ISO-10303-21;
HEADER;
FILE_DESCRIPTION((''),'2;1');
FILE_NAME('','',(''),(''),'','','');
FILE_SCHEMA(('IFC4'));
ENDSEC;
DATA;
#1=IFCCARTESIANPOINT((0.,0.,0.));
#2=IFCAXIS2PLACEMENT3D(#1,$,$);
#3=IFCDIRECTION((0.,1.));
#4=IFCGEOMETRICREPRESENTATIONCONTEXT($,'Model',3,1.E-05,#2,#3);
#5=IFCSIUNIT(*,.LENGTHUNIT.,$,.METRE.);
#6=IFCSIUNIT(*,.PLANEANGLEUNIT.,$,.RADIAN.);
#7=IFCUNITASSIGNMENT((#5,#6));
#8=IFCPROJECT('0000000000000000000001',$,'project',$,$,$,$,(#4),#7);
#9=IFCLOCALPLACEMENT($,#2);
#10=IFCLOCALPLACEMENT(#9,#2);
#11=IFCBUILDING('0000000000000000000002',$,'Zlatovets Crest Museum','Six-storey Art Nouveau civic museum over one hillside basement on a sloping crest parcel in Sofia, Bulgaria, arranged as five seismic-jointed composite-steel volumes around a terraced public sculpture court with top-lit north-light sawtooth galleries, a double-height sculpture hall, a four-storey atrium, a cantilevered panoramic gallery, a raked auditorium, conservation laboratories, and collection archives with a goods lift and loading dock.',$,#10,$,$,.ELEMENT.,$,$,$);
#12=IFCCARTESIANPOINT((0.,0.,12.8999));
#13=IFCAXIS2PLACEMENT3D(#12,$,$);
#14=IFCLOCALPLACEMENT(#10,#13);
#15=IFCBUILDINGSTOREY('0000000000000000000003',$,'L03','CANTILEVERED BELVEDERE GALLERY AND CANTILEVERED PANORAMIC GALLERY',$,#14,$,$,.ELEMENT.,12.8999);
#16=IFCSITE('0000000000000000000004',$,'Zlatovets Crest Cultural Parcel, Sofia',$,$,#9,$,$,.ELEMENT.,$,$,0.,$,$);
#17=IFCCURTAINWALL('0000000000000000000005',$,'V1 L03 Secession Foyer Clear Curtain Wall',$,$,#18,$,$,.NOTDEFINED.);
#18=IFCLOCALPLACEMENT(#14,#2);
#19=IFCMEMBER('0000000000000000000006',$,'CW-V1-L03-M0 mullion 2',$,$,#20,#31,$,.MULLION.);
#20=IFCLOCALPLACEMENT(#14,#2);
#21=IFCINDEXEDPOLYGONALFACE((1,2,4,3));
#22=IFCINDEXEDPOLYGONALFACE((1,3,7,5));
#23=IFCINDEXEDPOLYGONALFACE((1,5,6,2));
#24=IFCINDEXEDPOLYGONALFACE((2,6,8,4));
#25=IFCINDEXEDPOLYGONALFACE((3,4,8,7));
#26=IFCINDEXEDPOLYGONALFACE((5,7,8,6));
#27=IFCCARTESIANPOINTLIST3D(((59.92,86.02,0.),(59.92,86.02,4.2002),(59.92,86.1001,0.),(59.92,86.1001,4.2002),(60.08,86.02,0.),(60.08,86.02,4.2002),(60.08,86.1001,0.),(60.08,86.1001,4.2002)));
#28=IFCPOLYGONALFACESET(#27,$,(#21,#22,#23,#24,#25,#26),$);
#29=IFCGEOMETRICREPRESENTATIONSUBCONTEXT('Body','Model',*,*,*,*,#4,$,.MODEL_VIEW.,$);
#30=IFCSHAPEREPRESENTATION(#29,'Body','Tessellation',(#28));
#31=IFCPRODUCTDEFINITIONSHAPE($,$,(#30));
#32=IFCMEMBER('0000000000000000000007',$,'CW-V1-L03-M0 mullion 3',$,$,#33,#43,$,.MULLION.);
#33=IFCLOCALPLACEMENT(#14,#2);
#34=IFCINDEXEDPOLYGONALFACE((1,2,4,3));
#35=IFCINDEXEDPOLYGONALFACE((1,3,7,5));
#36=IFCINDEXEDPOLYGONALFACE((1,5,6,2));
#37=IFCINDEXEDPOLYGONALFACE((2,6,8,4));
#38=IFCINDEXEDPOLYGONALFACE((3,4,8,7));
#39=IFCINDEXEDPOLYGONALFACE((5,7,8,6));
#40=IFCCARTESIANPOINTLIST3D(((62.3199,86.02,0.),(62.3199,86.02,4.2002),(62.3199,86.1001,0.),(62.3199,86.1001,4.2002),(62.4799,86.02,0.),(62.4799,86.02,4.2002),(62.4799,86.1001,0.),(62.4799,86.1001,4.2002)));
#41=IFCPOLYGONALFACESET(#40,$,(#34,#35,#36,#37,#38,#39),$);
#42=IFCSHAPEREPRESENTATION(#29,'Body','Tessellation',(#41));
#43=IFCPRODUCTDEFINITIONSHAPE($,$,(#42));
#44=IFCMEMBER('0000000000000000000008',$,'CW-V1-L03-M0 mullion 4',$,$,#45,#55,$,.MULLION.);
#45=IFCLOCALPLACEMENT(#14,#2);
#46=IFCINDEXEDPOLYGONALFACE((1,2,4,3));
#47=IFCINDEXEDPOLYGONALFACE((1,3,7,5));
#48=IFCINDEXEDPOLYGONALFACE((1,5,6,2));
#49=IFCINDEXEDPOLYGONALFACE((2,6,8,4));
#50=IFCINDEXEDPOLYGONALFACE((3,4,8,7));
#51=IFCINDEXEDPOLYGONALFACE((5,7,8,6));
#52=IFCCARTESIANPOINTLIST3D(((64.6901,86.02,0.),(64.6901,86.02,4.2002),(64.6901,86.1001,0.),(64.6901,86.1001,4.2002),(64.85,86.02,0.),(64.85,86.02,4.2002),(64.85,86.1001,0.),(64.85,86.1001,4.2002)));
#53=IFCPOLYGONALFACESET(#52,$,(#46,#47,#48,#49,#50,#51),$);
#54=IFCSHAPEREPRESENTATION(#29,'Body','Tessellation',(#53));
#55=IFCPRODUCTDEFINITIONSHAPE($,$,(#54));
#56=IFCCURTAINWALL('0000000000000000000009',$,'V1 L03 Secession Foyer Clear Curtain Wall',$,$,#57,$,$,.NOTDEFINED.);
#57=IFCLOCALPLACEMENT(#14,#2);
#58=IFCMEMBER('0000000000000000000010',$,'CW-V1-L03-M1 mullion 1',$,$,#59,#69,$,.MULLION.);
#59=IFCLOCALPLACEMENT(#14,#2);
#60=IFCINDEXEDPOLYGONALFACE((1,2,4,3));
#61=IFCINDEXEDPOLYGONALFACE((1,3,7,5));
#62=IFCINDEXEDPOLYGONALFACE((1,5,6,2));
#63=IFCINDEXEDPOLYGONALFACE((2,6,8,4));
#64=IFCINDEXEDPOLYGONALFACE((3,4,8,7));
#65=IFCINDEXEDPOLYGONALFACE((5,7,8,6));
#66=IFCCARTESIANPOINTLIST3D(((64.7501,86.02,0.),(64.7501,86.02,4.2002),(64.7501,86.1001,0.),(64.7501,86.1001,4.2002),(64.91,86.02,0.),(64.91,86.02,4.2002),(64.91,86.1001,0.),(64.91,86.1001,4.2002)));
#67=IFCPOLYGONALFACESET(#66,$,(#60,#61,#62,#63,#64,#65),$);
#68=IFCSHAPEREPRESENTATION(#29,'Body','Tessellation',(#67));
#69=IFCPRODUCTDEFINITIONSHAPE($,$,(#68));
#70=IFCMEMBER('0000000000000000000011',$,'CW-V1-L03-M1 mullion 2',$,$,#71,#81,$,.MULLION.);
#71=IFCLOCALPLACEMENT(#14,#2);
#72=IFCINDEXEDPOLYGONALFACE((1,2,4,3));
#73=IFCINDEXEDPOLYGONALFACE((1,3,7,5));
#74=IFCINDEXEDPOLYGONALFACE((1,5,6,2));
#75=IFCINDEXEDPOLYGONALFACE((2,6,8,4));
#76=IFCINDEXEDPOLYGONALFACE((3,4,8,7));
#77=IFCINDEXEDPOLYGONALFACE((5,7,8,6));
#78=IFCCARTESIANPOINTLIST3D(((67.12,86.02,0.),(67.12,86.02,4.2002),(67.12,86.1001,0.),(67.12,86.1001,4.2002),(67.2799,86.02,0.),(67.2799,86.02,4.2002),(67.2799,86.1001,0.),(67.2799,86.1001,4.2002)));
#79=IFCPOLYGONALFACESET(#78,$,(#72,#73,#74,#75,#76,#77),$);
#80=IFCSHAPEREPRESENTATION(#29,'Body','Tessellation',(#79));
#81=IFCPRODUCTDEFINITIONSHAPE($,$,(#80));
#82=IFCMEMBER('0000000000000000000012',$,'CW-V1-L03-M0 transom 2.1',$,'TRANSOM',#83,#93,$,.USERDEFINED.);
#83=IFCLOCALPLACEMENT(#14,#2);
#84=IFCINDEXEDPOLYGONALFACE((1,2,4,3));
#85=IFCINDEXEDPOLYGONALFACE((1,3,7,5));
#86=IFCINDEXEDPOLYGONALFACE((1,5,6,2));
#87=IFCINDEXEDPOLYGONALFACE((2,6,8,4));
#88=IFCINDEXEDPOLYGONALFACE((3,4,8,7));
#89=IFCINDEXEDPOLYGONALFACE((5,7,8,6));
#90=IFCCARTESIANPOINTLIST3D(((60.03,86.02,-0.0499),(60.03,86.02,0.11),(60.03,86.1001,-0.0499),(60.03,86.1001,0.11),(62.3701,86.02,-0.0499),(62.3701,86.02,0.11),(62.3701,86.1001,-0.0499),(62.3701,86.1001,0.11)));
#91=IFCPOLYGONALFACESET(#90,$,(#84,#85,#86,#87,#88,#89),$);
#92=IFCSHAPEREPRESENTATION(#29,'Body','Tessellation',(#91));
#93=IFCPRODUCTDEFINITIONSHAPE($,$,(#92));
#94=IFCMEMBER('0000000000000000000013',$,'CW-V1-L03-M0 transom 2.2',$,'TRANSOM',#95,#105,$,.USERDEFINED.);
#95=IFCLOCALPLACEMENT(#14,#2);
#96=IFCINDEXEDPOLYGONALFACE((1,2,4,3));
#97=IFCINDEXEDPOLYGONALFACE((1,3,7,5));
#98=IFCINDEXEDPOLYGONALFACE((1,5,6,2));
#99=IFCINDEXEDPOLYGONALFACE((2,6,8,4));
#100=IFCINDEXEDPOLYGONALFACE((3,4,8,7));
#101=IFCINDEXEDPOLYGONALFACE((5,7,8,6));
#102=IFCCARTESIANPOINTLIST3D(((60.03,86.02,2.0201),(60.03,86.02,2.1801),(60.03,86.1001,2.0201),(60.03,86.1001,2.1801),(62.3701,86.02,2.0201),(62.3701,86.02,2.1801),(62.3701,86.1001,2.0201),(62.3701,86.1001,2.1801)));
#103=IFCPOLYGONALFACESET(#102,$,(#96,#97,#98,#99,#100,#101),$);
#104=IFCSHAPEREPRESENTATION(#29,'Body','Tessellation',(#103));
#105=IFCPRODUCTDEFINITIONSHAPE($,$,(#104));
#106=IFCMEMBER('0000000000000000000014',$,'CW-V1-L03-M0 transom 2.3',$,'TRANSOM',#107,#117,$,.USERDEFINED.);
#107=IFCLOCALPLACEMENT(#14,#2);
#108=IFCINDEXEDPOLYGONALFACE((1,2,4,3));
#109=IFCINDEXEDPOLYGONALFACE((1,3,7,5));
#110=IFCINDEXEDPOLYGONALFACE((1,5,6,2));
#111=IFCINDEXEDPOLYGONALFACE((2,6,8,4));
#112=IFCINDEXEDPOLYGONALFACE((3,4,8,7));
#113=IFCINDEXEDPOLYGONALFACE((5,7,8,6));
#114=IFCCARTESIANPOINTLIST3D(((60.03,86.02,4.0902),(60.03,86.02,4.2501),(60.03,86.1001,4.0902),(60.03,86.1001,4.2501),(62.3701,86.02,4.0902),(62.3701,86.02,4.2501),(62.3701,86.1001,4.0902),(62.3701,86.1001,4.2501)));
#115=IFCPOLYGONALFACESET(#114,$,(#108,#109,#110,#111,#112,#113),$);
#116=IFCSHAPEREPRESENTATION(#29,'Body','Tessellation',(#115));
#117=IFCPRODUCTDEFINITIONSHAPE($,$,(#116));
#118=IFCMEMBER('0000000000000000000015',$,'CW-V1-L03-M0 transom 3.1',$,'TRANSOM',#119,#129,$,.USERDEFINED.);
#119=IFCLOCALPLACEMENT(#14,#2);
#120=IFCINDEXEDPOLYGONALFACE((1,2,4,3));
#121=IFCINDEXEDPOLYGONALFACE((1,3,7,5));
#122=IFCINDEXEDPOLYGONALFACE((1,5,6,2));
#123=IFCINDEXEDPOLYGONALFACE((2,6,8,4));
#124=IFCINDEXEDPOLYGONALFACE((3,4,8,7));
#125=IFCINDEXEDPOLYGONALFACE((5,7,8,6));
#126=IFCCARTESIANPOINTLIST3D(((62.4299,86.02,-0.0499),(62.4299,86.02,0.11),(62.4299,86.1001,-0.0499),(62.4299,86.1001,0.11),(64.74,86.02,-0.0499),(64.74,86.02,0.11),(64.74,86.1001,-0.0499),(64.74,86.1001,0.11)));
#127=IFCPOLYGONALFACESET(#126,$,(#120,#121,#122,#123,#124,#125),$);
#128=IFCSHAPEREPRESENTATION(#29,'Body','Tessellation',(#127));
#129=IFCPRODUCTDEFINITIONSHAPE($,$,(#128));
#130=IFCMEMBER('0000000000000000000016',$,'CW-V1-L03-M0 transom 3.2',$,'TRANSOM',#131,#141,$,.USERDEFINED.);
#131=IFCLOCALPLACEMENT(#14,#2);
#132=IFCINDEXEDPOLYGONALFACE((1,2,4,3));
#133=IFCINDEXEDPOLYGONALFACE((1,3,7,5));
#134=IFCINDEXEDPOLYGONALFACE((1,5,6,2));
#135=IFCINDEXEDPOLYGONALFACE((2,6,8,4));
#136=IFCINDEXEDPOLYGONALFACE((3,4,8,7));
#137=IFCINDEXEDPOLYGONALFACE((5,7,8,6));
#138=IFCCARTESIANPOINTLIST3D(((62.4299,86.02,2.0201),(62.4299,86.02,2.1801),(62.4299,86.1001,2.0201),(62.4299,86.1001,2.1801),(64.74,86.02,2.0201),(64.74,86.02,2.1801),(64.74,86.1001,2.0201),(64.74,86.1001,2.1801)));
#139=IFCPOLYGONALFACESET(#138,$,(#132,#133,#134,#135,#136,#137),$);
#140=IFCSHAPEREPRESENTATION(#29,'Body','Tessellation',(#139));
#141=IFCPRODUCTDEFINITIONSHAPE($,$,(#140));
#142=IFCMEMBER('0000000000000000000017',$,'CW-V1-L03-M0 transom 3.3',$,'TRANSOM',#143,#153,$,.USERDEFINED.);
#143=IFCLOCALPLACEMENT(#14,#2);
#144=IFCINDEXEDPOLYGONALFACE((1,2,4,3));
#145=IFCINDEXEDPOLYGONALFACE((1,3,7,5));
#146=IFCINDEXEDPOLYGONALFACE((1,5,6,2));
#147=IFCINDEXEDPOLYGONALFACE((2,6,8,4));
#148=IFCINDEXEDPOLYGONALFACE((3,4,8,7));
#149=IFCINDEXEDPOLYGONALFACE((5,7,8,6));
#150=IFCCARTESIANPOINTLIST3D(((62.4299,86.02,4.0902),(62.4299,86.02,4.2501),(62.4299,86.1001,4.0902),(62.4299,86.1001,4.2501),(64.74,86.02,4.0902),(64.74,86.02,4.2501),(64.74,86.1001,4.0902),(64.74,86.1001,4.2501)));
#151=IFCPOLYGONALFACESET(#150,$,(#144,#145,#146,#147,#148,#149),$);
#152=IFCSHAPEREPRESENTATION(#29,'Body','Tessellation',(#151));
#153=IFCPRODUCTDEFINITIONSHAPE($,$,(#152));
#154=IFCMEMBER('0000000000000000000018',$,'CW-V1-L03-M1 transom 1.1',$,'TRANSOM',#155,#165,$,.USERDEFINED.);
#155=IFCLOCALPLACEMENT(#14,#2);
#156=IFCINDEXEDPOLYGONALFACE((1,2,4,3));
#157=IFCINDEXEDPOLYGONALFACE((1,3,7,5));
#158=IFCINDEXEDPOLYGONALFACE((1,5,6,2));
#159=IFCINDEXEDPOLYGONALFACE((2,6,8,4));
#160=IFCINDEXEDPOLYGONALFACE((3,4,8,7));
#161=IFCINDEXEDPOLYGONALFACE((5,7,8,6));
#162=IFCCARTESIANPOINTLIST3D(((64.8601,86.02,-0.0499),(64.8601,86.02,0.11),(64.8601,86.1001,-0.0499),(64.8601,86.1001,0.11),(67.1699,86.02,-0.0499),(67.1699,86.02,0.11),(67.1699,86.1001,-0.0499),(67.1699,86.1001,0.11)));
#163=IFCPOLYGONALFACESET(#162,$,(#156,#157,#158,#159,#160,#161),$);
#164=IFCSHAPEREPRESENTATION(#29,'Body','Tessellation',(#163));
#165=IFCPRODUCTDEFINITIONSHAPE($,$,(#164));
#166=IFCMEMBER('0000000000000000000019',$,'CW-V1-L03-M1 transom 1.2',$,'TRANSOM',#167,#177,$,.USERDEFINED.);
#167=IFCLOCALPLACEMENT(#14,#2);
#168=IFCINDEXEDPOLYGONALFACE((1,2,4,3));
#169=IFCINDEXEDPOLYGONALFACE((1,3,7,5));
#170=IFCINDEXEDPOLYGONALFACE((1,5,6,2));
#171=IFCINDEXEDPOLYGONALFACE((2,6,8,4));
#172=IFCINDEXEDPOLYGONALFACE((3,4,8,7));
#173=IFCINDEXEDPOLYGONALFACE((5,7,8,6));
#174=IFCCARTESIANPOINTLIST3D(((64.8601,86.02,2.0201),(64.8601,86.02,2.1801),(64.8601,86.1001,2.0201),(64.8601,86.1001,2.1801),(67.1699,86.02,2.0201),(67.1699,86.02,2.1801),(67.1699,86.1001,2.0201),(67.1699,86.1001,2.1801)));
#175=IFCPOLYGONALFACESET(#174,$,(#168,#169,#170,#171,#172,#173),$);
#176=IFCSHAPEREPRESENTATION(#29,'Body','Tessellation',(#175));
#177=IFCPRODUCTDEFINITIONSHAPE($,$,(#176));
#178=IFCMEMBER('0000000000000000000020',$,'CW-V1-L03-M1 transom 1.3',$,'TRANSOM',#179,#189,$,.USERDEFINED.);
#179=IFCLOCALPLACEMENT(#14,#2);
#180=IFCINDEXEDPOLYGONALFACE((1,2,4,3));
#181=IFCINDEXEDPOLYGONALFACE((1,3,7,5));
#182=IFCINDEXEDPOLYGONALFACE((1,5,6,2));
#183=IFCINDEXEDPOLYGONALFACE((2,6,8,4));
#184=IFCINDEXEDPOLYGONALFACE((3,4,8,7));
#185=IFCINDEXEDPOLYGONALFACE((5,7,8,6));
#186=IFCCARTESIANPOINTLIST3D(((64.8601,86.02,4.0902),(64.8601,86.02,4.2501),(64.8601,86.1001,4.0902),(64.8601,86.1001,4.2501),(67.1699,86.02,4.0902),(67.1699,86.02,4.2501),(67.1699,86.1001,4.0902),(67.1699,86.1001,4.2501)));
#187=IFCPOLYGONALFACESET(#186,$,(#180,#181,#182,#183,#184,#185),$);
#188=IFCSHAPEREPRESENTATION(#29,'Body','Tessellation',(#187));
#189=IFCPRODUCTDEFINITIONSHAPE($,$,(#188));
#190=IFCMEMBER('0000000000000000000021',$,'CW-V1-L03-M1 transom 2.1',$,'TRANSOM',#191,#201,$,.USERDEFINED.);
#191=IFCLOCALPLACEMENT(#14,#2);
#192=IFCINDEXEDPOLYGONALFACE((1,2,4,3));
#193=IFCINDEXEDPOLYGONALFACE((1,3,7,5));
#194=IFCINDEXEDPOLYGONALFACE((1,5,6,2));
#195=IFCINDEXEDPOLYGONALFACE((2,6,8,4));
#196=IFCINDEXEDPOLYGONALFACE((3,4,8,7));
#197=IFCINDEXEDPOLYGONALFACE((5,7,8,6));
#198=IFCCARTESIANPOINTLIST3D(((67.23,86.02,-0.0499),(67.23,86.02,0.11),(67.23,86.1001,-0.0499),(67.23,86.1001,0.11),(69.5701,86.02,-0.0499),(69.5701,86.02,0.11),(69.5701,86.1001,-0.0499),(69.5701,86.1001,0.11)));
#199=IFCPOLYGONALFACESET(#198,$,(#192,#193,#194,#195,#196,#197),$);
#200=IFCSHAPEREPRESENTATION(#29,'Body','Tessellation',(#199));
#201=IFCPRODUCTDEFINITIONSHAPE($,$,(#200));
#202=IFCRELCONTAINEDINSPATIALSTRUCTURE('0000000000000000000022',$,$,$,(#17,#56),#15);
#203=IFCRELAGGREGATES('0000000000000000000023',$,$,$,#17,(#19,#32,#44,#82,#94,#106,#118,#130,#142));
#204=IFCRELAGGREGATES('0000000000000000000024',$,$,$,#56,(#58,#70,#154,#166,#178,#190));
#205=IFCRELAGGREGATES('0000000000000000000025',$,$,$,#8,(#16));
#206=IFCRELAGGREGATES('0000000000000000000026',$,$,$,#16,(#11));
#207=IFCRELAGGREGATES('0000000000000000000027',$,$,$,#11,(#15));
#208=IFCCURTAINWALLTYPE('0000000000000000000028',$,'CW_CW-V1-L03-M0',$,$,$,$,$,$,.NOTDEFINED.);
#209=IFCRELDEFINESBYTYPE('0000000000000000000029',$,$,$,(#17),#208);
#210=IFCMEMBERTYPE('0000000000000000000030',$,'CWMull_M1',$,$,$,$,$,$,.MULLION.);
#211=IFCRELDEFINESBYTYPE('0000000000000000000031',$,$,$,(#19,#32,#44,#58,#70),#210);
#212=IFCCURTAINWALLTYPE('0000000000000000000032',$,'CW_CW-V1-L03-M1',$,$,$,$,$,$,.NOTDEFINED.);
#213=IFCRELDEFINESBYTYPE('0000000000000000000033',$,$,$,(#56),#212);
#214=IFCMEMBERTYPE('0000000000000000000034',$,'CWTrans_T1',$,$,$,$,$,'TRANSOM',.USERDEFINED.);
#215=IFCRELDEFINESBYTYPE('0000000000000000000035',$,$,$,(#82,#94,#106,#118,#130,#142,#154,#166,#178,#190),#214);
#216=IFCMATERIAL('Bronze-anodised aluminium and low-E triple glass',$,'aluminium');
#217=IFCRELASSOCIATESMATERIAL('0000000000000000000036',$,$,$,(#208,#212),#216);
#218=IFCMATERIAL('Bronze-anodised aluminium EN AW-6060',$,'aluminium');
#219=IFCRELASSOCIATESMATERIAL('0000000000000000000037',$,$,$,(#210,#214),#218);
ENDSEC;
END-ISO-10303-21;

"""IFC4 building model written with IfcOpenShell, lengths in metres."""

from ifc_helpers import new_model, si_unit, direction, frame, origin, origin_2d, place, context, subcontext, project, spatial, rectangle, extrude, material, material_profile, profile_set, type_object, element, aggregate, save


model = new_model("IFC4")

# Units and contexts
model_context = context("Model", 3, precision=1e-05, world=origin(), true_north=direction((0.0, 1.0)))
body_context = subcontext(model_context, "Body", "Model", "MODEL_VIEW")
ifc_project = project(units=[si_unit("LENGTHUNIT", "METRE"), si_unit("PLANEANGLEUNIT", "RADIAN")], contexts=[model_context])

# Site, building, storey
site_placement = place(None, origin())
site = spatial("IfcSite", under=ifc_project, at=site_placement, Name="Zlatovets Crest Cultural Parcel, Sofia", CompositionType="ELEMENT", RefElevation=0.0)
building_placement = place(site_placement, origin())
building = spatial("IfcBuilding", under=site, at=building_placement, Name="Zlatovets Crest Museum", Description="Six-storey Art Nouveau civic museum over one hillside basement on a sloping crest parcel in Sofia, Bulgaria, arranged as five seismic-jointed composite-steel volumes around a terraced public sculpture court with top-lit north-light sawtooth galleries, a double-height sculpture hall, a four-storey atrium, a cantilevered panoramic gallery, a raked auditorium, conservation laboratories, and collection archives with a goods lift and loading dock.", CompositionType="ELEMENT")
storey_placement = place(building_placement, frame((0.0, 0.0, 12.8999)))
storey = spatial("IfcBuildingStorey", under=building, at=storey_placement, Name="L03", Description="CANTILEVERED BELVEDERE GALLERY AND CANTILEVERED PANORAMIC GALLERY", CompositionType="ELEMENT", Elevation=12.8999)

# Curtain walls, members
ifc_material_1 = material(Name="Bronze-anodised aluminium and low-E triple glass", Category="aluminium")
curtain_wall_type_1 = type_object("IfcCurtainWallType", Name="CW_CW-V1-L03-M0", PredefinedType="NOTDEFINED", material=ifc_material_1)
curtain_wall_1_placement = place(storey_placement, origin())
curtain_wall_1 = element("IfcCurtainWall", 1, at=curtain_wall_1_placement, inside=storey, type_object=curtain_wall_type_1, Name="V1 L03 Secession Foyer Clear Curtain Wall", PredefinedType="NOTDEFINED")
ifc_material_2 = material(Name="Bronze-anodised aluminium EN AW-6060", Category="aluminium")
ifc_material_profile_1 = material_profile(ifc_material_2, rectangle(XDim=0.0801, YDim=0.1599, at=origin_2d()), Name="ALU 80x160")
ifc_profile_set_1 = profile_set([ifc_material_profile_1], Name="Bronze-anodised aluminium EN AW-6060")
member_type_1 = type_object("IfcMemberType", Name="CWMull_M1", PredefinedType="MULLION", material=ifc_profile_set_1)
member_1_placement = place(storey_placement, frame((60.0, 86.0601, 0.0), z_axis=(0.0, 0.0, 1.0), x_axis=(0.0, 1.0, 0.0)))
member_1 = element("IfcMember", 2, at=member_1_placement, type_object=member_type_1, Name="CW-V1-L03-M0 mullion 2", PredefinedType="MULLION", context=body_context, shape_type="SweptSolid", body=[
    extrude(rectangle(XDim=0.0801, YDim=0.1599, at=origin_2d()), origin(), (0.0, 0.0, 1.0), 4.2002),
])
member_2_placement = place(storey_placement, frame((62.3999, 86.0601, 0.0), z_axis=(0.0, 0.0, 1.0), x_axis=(0.0, 1.0, 0.0)))
member_2 = element("IfcMember", 3, at=member_2_placement, type_object=member_type_1, Name="CW-V1-L03-M0 mullion 3", PredefinedType="MULLION", context=body_context, shape_type="SweptSolid", body=[
    extrude(rectangle(XDim=0.0801, YDim=0.1599, at=origin_2d()), origin(), (0.0, 0.0, 1.0), 4.2002),
])
member_3_placement = place(storey_placement, frame((64.77, 86.0601, 0.0), z_axis=(0.0, 0.0, 1.0), x_axis=(0.0, 1.0, 0.0)))
member_3 = element("IfcMember", 4, at=member_3_placement, type_object=member_type_1, Name="CW-V1-L03-M0 mullion 4", PredefinedType="MULLION", context=body_context, shape_type="SweptSolid", body=[
    extrude(rectangle(XDim=0.0801, YDim=0.1599, at=origin_2d()), origin(), (0.0, 0.0, 1.0), 4.2002),
])
curtain_wall_type_2 = type_object("IfcCurtainWallType", Name="CW_CW-V1-L03-M1", PredefinedType="NOTDEFINED", material=ifc_material_1)
curtain_wall_2_placement = place(storey_placement, origin())
curtain_wall_2 = element("IfcCurtainWall", 5, at=curtain_wall_2_placement, inside=storey, type_object=curtain_wall_type_2, Name="V1 L03 Secession Foyer Clear Curtain Wall", PredefinedType="NOTDEFINED")
member_4_placement = place(storey_placement, frame((64.8301, 86.0601, 0.0), z_axis=(0.0, 0.0, 1.0), x_axis=(0.0, 1.0, 0.0)))
member_4 = element("IfcMember", 6, at=member_4_placement, type_object=member_type_1, Name="CW-V1-L03-M1 mullion 1", PredefinedType="MULLION", context=body_context, shape_type="SweptSolid", body=[
    extrude(rectangle(XDim=0.0801, YDim=0.1599, at=origin_2d()), origin(), (0.0, 0.0, 1.0), 4.2002),
])
member_5_placement = place(storey_placement, frame((67.2, 86.0601, 0.0), z_axis=(0.0, 0.0, 1.0), x_axis=(0.0, 1.0, 0.0)))
member_5 = element("IfcMember", 7, at=member_5_placement, type_object=member_type_1, Name="CW-V1-L03-M1 mullion 2", PredefinedType="MULLION", context=body_context, shape_type="SweptSolid", body=[
    extrude(rectangle(XDim=0.0801, YDim=0.1599, at=origin_2d()), origin(), (0.0, 0.0, 1.0), 4.2002),
])

# Members
ifc_material_profile_2 = material_profile(ifc_material_2, rectangle(XDim=0.0801, YDim=0.1599, at=origin_2d()), Name="ALU 80x160")
ifc_profile_set_2 = profile_set([ifc_material_profile_2], Name="Bronze-anodised aluminium EN AW-6060")
member_type_2 = type_object("IfcMemberType", Name="CWTrans_T1", ElementType="TRANSOM", PredefinedType="USERDEFINED", material=ifc_profile_set_2)
member_6_placement = place(storey_placement, frame((60.03, 86.0601, 0.03), z_axis=(1.0, 0.0, 0.0), x_axis=(0.0, 1.0, 0.0)))
member_6 = element("IfcMember", 8, at=member_6_placement, type_object=member_type_2, Name="CW-V1-L03-M0 transom 2.1", ObjectType="TRANSOM", PredefinedType="USERDEFINED", context=body_context, shape_type="SweptSolid", body=[
    extrude(rectangle(XDim=0.0801, YDim=0.1599, at=origin_2d()), origin(), (0.0, 0.0, 1.0), 2.3401),
])
member_7_placement = place(storey_placement, frame((60.03, 86.0601, 2.1001), z_axis=(1.0, 0.0, 0.0), x_axis=(0.0, 1.0, 0.0)))
member_7 = element("IfcMember", 9, at=member_7_placement, type_object=member_type_2, Name="CW-V1-L03-M0 transom 2.2", ObjectType="TRANSOM", PredefinedType="USERDEFINED", context=body_context, shape_type="SweptSolid", body=[
    extrude(rectangle(XDim=0.0801, YDim=0.1599, at=origin_2d()), origin(), (0.0, 0.0, 1.0), 2.3401),
])
member_8_placement = place(storey_placement, frame((60.03, 86.0601, 4.1702), z_axis=(1.0, 0.0, 0.0), x_axis=(0.0, 1.0, 0.0)))
member_8 = element("IfcMember", 10, at=member_8_placement, type_object=member_type_2, Name="CW-V1-L03-M0 transom 2.3", ObjectType="TRANSOM", PredefinedType="USERDEFINED", context=body_context, shape_type="SweptSolid", body=[
    extrude(rectangle(XDim=0.0801, YDim=0.1599, at=origin_2d()), origin(), (0.0, 0.0, 1.0), 2.3401),
])
member_9_placement = place(storey_placement, frame((62.4299, 86.0601, 0.03), z_axis=(1.0, 0.0, 0.0), x_axis=(0.0, 1.0, 0.0)))
member_9 = element("IfcMember", 11, at=member_9_placement, type_object=member_type_2, Name="CW-V1-L03-M0 transom 3.1", ObjectType="TRANSOM", PredefinedType="USERDEFINED", context=body_context, shape_type="SweptSolid", body=[
    extrude(rectangle(XDim=0.0801, YDim=0.1599, at=origin_2d()), origin(), (0.0, 0.0, 1.0), 2.3101),
])
member_10_placement = place(storey_placement, frame((62.4299, 86.0601, 2.1001), z_axis=(1.0, 0.0, 0.0), x_axis=(0.0, 1.0, 0.0)))
member_10 = element("IfcMember", 12, at=member_10_placement, type_object=member_type_2, Name="CW-V1-L03-M0 transom 3.2", ObjectType="TRANSOM", PredefinedType="USERDEFINED", context=body_context, shape_type="SweptSolid", body=[
    extrude(rectangle(XDim=0.0801, YDim=0.1599, at=origin_2d()), origin(), (0.0, 0.0, 1.0), 2.3101),
])
member_11_placement = place(storey_placement, frame((62.4299, 86.0601, 4.1702), z_axis=(1.0, 0.0, 0.0), x_axis=(0.0, 1.0, 0.0)))
member_11 = element("IfcMember", 13, at=member_11_placement, type_object=member_type_2, Name="CW-V1-L03-M0 transom 3.3", ObjectType="TRANSOM", PredefinedType="USERDEFINED", context=body_context, shape_type="SweptSolid", body=[
    extrude(rectangle(XDim=0.0801, YDim=0.1599, at=origin_2d()), origin(), (0.0, 0.0, 1.0), 2.3101),
])
member_12_placement = place(storey_placement, frame((64.8601, 86.0601, 0.03), z_axis=(1.0, 0.0, 0.0), x_axis=(0.0, 1.0, 0.0)))
member_12 = element("IfcMember", 14, at=member_12_placement, type_object=member_type_2, Name="CW-V1-L03-M1 transom 1.1", ObjectType="TRANSOM", PredefinedType="USERDEFINED", context=body_context, shape_type="SweptSolid", body=[
    extrude(rectangle(XDim=0.0801, YDim=0.1599, at=origin_2d()), origin(), (0.0, 0.0, 1.0), 2.3098),
])
member_13_placement = place(storey_placement, frame((64.8601, 86.0601, 2.1001), z_axis=(1.0, 0.0, 0.0), x_axis=(0.0, 1.0, 0.0)))
member_13 = element("IfcMember", 15, at=member_13_placement, type_object=member_type_2, Name="CW-V1-L03-M1 transom 1.2", ObjectType="TRANSOM", PredefinedType="USERDEFINED", context=body_context, shape_type="SweptSolid", body=[
    extrude(rectangle(XDim=0.0801, YDim=0.1599, at=origin_2d()), origin(), (0.0, 0.0, 1.0), 2.3098),
])
member_14_placement = place(storey_placement, frame((64.8601, 86.0601, 4.1702), z_axis=(1.0, 0.0, 0.0), x_axis=(0.0, 1.0, 0.0)))
member_14 = element("IfcMember", 16, at=member_14_placement, type_object=member_type_2, Name="CW-V1-L03-M1 transom 1.3", ObjectType="TRANSOM", PredefinedType="USERDEFINED", context=body_context, shape_type="SweptSolid", body=[
    extrude(rectangle(XDim=0.0801, YDim=0.1599, at=origin_2d()), origin(), (0.0, 0.0, 1.0), 2.3098),
])
member_15_placement = place(storey_placement, frame((67.23, 86.0601, 0.03), z_axis=(1.0, 0.0, 0.0), x_axis=(0.0, 1.0, 0.0)))
member_15 = element("IfcMember", 17, at=member_15_placement, type_object=member_type_2, Name="CW-V1-L03-M1 transom 2.1", ObjectType="TRANSOM", PredefinedType="USERDEFINED", context=body_context, shape_type="SweptSolid", body=[
    extrude(rectangle(XDim=0.0801, YDim=0.1599, at=origin_2d()), origin(), (0.0, 0.0, 1.0), 2.3401),
])

aggregate(curtain_wall_1, [member_1, member_2, member_3, member_6, member_7, member_8, member_9, member_10, member_11])
aggregate(curtain_wall_2, [member_4, member_5, member_12, member_13, member_14, member_15])

save(model, "model.ifc")
